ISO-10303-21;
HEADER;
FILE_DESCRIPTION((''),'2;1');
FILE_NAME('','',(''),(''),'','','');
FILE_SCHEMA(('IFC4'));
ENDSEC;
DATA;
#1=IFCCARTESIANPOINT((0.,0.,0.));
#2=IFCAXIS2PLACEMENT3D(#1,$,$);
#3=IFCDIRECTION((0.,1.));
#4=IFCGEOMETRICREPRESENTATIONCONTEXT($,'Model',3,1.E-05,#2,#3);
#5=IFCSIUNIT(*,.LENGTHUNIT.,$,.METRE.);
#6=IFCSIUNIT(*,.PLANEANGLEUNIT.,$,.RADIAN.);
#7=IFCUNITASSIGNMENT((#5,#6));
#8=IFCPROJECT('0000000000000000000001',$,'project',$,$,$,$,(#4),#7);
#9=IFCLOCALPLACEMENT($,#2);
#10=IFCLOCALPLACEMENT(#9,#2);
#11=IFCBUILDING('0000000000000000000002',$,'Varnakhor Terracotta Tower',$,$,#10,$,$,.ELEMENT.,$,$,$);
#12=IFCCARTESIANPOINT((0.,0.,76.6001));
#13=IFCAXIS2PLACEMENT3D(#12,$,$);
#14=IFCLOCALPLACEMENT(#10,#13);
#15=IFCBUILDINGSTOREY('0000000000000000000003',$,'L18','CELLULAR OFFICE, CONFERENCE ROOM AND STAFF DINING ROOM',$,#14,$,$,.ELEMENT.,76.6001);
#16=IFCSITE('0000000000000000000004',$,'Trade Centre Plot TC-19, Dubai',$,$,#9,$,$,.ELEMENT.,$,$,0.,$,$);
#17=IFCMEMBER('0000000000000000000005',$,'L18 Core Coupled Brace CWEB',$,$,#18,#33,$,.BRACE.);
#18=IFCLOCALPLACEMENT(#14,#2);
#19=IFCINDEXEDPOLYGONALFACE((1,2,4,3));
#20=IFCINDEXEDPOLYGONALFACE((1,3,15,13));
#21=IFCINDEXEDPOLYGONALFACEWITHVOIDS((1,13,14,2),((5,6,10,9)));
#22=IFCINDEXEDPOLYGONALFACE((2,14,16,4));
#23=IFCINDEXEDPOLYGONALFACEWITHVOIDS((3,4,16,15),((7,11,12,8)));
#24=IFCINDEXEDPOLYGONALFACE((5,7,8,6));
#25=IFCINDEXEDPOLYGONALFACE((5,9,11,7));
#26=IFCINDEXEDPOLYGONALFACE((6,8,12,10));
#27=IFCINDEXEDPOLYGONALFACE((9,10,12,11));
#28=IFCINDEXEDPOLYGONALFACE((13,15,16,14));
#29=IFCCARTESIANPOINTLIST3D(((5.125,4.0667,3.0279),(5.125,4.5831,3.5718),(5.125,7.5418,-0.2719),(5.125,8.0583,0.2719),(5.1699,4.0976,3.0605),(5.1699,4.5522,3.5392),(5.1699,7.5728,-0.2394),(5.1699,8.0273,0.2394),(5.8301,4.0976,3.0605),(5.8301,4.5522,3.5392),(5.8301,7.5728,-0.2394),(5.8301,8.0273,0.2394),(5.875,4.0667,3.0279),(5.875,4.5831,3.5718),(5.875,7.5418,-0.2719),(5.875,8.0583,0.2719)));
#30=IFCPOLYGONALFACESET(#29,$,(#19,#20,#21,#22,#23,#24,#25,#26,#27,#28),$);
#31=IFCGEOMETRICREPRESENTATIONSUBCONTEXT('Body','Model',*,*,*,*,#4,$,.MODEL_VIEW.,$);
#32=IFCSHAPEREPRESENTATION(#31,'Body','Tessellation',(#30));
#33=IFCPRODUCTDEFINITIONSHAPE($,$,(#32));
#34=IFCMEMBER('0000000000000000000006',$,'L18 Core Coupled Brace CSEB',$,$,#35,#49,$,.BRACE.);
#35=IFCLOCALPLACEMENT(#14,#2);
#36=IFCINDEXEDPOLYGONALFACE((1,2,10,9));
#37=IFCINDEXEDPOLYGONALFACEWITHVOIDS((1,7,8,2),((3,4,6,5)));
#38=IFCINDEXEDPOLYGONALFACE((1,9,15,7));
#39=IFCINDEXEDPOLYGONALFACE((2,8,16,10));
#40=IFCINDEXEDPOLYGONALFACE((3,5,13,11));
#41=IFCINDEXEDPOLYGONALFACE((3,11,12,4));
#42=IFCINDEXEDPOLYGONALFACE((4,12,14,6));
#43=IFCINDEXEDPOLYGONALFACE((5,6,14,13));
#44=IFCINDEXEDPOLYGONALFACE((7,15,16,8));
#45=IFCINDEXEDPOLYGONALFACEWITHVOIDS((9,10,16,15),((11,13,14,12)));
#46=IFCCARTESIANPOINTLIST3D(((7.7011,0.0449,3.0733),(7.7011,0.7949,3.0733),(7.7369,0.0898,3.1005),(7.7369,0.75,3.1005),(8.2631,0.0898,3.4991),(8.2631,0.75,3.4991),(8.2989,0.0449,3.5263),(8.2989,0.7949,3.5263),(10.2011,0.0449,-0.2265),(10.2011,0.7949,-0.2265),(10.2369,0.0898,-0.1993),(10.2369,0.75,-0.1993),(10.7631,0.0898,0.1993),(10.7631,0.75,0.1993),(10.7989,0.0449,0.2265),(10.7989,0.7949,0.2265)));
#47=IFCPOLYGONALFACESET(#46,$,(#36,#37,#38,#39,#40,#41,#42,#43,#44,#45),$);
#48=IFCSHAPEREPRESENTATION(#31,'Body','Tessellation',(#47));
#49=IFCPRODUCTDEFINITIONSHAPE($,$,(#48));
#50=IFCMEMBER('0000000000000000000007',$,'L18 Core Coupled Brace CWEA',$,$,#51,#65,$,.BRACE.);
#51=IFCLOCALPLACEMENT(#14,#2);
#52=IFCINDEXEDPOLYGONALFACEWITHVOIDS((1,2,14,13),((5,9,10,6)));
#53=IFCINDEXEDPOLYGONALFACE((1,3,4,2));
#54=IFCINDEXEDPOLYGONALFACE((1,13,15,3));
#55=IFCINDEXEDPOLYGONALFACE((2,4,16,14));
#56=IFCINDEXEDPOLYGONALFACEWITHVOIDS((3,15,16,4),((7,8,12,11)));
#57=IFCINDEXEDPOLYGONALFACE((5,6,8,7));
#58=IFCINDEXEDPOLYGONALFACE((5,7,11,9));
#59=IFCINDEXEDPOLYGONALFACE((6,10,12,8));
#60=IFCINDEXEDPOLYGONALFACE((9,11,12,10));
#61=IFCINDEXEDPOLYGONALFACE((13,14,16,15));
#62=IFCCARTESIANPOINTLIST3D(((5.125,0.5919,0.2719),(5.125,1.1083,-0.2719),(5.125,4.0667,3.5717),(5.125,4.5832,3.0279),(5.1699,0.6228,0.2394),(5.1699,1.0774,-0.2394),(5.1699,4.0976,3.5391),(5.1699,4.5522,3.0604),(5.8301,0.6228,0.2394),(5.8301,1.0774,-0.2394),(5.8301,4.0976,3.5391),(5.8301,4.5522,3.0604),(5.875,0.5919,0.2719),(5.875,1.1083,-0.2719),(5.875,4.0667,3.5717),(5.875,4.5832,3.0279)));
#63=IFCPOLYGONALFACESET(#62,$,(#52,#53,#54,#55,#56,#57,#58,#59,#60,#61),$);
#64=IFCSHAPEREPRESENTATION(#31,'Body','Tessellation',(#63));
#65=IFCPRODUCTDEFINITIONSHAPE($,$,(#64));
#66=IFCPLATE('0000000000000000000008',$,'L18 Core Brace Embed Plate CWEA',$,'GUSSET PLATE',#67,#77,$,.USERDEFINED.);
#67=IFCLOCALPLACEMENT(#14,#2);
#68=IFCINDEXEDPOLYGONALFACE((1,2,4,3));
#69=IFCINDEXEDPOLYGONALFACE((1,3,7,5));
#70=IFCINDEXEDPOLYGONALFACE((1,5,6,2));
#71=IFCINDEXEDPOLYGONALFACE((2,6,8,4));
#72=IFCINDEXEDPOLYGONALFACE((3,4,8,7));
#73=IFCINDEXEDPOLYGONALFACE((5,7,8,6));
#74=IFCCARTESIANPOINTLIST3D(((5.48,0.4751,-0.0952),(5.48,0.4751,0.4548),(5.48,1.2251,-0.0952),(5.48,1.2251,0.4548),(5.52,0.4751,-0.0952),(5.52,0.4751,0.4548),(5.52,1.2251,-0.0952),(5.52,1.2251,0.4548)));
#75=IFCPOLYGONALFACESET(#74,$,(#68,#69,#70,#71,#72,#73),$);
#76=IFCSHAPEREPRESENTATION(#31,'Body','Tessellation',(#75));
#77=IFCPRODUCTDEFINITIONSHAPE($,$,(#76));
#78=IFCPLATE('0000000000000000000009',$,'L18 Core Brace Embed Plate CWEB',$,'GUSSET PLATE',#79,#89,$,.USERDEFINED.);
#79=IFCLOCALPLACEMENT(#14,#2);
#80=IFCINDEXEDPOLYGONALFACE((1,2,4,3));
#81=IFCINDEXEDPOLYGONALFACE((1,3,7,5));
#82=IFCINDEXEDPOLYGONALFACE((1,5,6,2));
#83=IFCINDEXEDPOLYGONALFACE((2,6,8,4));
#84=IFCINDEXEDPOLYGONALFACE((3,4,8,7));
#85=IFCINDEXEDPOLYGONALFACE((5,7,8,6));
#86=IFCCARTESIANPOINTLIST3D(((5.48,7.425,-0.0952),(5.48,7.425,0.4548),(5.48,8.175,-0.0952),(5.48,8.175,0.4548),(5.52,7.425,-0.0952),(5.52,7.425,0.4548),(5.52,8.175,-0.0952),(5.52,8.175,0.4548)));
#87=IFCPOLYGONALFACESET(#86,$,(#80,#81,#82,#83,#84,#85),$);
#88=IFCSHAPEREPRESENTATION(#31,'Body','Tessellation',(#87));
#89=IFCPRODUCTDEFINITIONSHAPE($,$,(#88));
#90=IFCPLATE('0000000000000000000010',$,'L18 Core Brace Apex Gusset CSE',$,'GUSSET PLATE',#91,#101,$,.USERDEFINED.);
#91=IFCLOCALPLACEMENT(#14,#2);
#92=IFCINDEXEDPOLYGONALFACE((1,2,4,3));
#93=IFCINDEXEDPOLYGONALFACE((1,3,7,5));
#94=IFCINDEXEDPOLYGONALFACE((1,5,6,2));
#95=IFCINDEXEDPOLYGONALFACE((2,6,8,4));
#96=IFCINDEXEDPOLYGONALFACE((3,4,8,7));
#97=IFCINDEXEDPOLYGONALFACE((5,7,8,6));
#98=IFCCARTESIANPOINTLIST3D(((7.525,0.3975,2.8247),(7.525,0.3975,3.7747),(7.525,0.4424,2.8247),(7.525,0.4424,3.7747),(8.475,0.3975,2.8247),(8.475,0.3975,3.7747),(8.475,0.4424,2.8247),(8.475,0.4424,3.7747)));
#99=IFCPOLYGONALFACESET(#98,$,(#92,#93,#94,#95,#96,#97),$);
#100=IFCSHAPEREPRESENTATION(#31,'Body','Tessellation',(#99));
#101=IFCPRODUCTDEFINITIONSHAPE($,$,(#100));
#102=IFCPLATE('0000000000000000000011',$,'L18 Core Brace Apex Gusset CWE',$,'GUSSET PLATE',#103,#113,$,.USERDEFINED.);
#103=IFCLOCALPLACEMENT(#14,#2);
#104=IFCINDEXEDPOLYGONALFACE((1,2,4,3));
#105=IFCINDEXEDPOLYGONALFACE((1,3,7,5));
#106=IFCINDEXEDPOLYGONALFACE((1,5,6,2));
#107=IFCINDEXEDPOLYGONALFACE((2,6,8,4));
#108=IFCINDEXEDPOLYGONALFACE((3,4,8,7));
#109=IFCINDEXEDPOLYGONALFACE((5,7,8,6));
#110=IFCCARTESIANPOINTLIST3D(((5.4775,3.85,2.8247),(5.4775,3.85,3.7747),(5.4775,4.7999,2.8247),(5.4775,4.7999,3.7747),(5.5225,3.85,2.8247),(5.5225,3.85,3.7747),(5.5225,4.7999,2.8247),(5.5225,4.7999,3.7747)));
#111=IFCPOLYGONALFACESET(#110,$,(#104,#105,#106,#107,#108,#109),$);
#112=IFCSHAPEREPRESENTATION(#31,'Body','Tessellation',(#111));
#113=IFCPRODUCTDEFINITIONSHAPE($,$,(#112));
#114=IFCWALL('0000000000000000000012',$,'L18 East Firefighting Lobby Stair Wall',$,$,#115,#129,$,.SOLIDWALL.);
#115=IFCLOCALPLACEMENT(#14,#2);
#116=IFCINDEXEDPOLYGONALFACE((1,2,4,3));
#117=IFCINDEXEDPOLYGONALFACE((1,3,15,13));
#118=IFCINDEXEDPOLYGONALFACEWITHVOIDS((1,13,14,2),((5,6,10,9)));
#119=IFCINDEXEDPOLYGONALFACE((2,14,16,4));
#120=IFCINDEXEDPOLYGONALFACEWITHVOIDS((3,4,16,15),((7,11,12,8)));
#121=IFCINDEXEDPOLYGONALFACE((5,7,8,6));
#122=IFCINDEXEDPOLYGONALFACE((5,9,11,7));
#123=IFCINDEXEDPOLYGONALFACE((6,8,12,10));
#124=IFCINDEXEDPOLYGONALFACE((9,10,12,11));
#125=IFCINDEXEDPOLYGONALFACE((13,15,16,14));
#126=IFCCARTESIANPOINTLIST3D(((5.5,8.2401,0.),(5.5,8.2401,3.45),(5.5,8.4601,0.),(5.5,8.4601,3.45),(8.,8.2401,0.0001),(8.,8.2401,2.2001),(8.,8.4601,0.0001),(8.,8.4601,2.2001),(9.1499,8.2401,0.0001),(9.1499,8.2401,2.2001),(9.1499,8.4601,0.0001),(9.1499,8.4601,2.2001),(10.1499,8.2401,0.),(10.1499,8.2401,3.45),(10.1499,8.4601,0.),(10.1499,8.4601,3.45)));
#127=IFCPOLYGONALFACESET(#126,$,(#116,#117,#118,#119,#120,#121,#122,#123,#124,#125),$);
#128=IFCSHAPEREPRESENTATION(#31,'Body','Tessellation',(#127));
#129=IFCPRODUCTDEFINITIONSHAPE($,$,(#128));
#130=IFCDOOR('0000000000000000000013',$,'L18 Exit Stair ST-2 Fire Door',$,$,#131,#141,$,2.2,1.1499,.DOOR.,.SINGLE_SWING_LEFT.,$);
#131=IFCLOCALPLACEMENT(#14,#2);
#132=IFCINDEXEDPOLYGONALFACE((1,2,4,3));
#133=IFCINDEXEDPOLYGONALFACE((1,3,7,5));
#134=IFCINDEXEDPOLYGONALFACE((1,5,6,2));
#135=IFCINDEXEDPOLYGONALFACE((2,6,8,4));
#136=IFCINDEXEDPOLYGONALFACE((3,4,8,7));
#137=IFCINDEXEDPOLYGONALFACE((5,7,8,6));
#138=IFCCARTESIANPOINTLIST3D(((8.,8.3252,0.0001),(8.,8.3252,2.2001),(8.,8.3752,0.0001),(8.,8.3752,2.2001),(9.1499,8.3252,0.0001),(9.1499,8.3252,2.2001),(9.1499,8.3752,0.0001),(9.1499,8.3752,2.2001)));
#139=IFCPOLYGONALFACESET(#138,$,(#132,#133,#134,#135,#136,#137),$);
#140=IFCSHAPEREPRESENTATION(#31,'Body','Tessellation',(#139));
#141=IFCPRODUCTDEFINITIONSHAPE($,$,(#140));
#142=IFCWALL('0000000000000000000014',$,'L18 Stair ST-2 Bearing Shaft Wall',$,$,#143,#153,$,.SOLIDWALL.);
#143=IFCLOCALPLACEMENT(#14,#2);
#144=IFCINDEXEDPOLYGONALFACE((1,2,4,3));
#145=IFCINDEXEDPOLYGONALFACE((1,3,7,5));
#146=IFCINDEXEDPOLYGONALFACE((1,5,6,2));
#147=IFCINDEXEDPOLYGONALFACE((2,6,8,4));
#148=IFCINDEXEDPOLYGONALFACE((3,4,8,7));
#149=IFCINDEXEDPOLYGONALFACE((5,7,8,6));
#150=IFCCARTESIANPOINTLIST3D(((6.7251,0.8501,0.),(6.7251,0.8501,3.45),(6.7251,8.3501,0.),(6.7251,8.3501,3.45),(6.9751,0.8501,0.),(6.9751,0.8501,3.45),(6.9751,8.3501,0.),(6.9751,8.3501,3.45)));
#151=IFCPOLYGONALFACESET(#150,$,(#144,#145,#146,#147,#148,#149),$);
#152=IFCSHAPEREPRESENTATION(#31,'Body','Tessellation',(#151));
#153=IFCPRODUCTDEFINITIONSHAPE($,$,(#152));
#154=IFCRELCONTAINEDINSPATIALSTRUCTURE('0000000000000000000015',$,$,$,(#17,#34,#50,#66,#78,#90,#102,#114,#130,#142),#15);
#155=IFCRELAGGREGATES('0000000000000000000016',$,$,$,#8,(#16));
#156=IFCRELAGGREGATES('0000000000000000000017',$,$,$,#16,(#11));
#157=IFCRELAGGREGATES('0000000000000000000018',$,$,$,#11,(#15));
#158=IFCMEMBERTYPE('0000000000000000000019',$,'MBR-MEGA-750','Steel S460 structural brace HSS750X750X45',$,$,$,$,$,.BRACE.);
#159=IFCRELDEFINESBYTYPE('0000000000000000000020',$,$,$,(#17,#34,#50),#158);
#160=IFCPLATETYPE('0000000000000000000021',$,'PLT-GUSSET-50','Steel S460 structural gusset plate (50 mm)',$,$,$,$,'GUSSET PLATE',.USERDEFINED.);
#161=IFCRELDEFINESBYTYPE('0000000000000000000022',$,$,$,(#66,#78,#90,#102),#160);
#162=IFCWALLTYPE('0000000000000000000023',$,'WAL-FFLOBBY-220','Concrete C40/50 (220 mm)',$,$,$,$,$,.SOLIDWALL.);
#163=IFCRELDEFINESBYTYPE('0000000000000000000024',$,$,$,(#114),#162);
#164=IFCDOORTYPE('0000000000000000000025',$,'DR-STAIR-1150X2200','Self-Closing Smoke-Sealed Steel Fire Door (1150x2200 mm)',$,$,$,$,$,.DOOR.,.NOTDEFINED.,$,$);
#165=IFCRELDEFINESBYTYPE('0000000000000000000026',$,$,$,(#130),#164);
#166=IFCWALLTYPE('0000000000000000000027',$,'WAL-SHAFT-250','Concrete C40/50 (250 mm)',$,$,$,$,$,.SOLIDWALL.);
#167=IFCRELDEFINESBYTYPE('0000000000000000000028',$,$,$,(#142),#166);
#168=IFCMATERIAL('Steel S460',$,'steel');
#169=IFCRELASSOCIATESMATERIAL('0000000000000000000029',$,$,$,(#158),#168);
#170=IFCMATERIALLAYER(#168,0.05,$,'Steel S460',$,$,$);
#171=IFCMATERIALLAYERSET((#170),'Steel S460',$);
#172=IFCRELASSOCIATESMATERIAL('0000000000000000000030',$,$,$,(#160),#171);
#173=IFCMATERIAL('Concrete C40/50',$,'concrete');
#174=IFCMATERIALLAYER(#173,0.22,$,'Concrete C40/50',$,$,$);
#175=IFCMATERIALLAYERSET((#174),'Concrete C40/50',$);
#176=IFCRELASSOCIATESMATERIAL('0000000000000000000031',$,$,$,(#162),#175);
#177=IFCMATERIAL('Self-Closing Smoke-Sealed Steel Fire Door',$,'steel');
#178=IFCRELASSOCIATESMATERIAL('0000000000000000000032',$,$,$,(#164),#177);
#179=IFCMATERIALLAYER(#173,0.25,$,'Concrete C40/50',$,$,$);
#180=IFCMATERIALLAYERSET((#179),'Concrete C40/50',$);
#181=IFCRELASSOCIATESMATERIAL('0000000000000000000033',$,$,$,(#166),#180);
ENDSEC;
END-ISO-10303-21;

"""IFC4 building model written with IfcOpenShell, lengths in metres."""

from ifc_helpers import new_model, si_unit, direction, frame, frame_2d, origin, origin_2d, place, context, subcontext, project, spatial, rectangle, hollow_rectangle, extrude, source, transform, mapped, material, layer, layer_set, material_profile, profile_set, type_object, type_shapes, element, fill, save


model = new_model("IFC4")

# Units and contexts
model_context = context("Model", 3, precision=1e-05, world=origin(), true_north=direction((0.0, 1.0)))
body_context = subcontext(model_context, "Body", "Model", "MODEL_VIEW")
ifc_project = project(units=[si_unit("LENGTHUNIT", "METRE"), si_unit("PLANEANGLEUNIT", "RADIAN")], contexts=[model_context])

# Site, building, storey
site_placement = place(None, origin())
site = spatial("IfcSite", under=ifc_project, at=site_placement, Name="Trade Centre Plot TC-19, Dubai", CompositionType="ELEMENT", RefElevation=0.0)
building_placement = place(site_placement, origin())
building = spatial("IfcBuilding", under=site, at=building_placement, Name="Varnakhor Terracotta Tower", CompositionType="ELEMENT")
storey_placement = place(building_placement, frame((0.0, 0.0, 76.6001)))
storey = spatial("IfcBuildingStorey", under=building, at=storey_placement, Name="L18", Description="CELLULAR OFFICE, CONFERENCE ROOM AND STAFF DINING ROOM", CompositionType="ELEMENT", Elevation=76.6001)

# Members
ifc_material_1 = material(Name="Steel S460", Category="steel")
ifc_material_profile = material_profile(ifc_material_1, hollow_rectangle(XDim=0.75, YDim=0.75, WallThickness=0.0449, at=origin_2d()), Name="HSS750X750X45")
ifc_profile_set = profile_set([ifc_material_profile], Name="Steel S460")
member_type = type_object("IfcMemberType", Name="MBR-MEGA-750", Description="Steel S460 structural brace HSS750X750X45", PredefinedType="BRACE", material=ifc_profile_set)
shared_shape_1 = source(origin(), body_context, "Body", "SweptSolid", [
    extrude(hollow_rectangle(XDim=0.75, YDim=0.75, WallThickness=0.0449, at=origin_2d()), origin(), (0.0, 0.0, 1.0), 4.7922),
])
member_1_placement = place(storey_placement, frame((5.5, 7.8, 0.0), z_axis=(0.0, -0.72516, 0.688581), x_axis=(1.0, 0.0, 0.0)))
element("IfcMember", 1, at=member_1_placement, inside=storey, type_object=member_type, Name="L18 Core Coupled Brace CWEB", PredefinedType="BRACE", context=body_context, shape_type="MappedRepresentation", body=[
    mapped(shared_shape_1, transform((0.0, 0.0, 0.0), scale=1.0)),
])
shared_shape_2 = source(origin(), body_context, "Body", "SweptSolid", [
    extrude(hollow_rectangle(XDim=0.75, YDim=0.75, WallThickness=0.0449, at=origin_2d()), origin(), (0.0, 0.0, 1.0), 4.1399),
])
member_2_placement = place(storey_placement, frame((10.5, 0.4199, 0.0), z_axis=(-0.60388, 0.0, 0.797075), x_axis=(0.0, -1.0, 0.0)))
element("IfcMember", 2, at=member_2_placement, inside=storey, type_object=member_type, Name="L18 Core Coupled Brace CSEB", PredefinedType="BRACE", context=body_context, shape_type="MappedRepresentation", body=[
    mapped(shared_shape_2, transform((0.0, 0.0, 0.0), scale=1.0)),
])
shared_shape_3 = source(origin(), body_context, "Body", "SweptSolid", [
    extrude(hollow_rectangle(XDim=0.75, YDim=0.75, WallThickness=0.0449, at=origin_2d()), origin(), (0.0, 0.0, 1.0), 4.792),
])
member_3_placement = place(storey_placement, frame((5.5, 0.8501, 0.0), z_axis=(0.0, 0.725136, 0.688606), x_axis=(-1.0, 0.0, 0.0)))
element("IfcMember", 3, at=member_3_placement, inside=storey, type_object=member_type, Name="L18 Core Coupled Brace CWEA", PredefinedType="BRACE", context=body_context, shape_type="MappedRepresentation", body=[
    mapped(shared_shape_3, transform((0.0, 0.0, 0.0), scale=1.0)),
])

# Plates
ifc_layer_1 = layer(ifc_material_1, 0.05, Name="Steel S460")
ifc_layer_set_1 = layer_set([ifc_layer_1], Name="Steel S460")
plate_type = type_object("IfcPlateType", Name="PLT-GUSSET-50", Description="Steel S460 structural gusset plate (50 mm)", ElementType="GUSSET PLATE", PredefinedType="USERDEFINED", material=ifc_layer_set_1)
shared_shape_4 = source(origin(), body_context, "Body", "SweptSolid", [
    extrude(rectangle(XDim=0.75, YDim=0.04, at=origin_2d()), origin(), (0.0, 0.0, 1.0), 0.55),
])
type_shapes(plate_type, [shared_shape_4])
for number, where, z_axis, x_axis, name in (
    (4, (5.5, 0.8501, -0.0952), (0.0, 0.0, 1.0), (0.0, 1.0, 0.0), "L18 Core Brace Embed Plate CWEA"),
    (5, (5.5, 7.8, -0.0952), (0.0, 0.0, 1.0), (0.0, 1.0, 0.0), "L18 Core Brace Embed Plate CWEB"),
):
    element("IfcPlate", number, at=place(storey_placement, frame(where, z_axis=z_axis, x_axis=x_axis)), inside=storey, type_object=plate_type, Name=name, ObjectType="GUSSET PLATE", PredefinedType="USERDEFINED", context=body_context, shape_type="MappedRepresentation", body=[
        mapped(shared_shape_4, transform((0.0, 0.0, 0.0), scale=1.0)),
    ])
shared_shape_5 = source(origin(), body_context, "Body", "SweptSolid", [
    extrude(rectangle(XDim=0.95, YDim=0.0449, at=origin_2d()), origin(), (0.0, 0.0, 1.0), 0.95),
])
for number, where, z_axis, x_axis, name in (
    (6, (8.0, 0.4199, 2.8247), (0.0, 0.0, 1.0), (1.0, 0.0, 0.0), "L18 Core Brace Apex Gusset CSE"),
    (7, (5.5, 4.325, 2.8247), (0.0, 0.0, 1.0), (0.0, 1.0, 0.0), "L18 Core Brace Apex Gusset CWE"),
):
    element("IfcPlate", number, at=place(storey_placement, frame(where, z_axis=z_axis, x_axis=x_axis)), inside=storey, type_object=plate_type, Name=name, ObjectType="GUSSET PLATE", PredefinedType="USERDEFINED", context=body_context, shape_type="MappedRepresentation", body=[
        mapped(shared_shape_5, transform((0.0, 0.0, 0.0), scale=1.0)),
    ])

# Wall, opening, door
ifc_material_2 = material(Name="Concrete C40/50", Category="concrete")
ifc_layer_2 = layer(ifc_material_2, 0.22, Name="Concrete C40/50")
ifc_layer_set_2 = layer_set([ifc_layer_2], Name="Concrete C40/50")
wall_type_1 = type_object("IfcWallType", Name="WAL-FFLOBBY-220", Description="Concrete C40/50 (220 mm)", PredefinedType="SOLIDWALL", material=ifc_layer_set_2)
wall_1_placement = place(storey_placement, frame((10.1499, 8.3501, 0.0), z_axis=(0.0, 0.0, 1.0), x_axis=(-1.0, 0.0, 0.0)))
wall_1 = element("IfcWall", 8, at=wall_1_placement, inside=storey, type_object=wall_type_1, Name="L18 East Firefighting Lobby Stair Wall", PredefinedType="SOLIDWALL", context=body_context, shape_type="SweptSolid", body=[
    extrude(rectangle(XDim=4.6499, YDim=0.22, at=frame_2d((2.325, 0.0))), origin(), (0.0, 0.0, 1.0), 3.45),
])
opening_placement = place(wall_1_placement, frame((1.0, 0.0, 0.0)))
opening = element("IfcOpeningElement", 9, at=opening_placement, cuts=wall_1, PredefinedType="OPENING", context=body_context, shape_type="SweptSolid", body=[
    extrude(rectangle(XDim=1.1499, YDim=2.2, at=frame_2d((0.575, 1.1001))), frame((0.0, 0.1201, 0.0), z_axis=(0.0, -1.0, 0.0), x_axis=(1.0, 0.0, 0.0)), (0.0, 0.0, 1.0), 0.24),
])
ifc_material_3 = material(Name="Self-Closing Smoke-Sealed Steel Fire Door", Category="steel")
door_type = type_object("IfcDoorType", Name="DR-STAIR-1150X2200", Description="Self-Closing Smoke-Sealed Steel Fire Door (1150x2200 mm)", OperationType="NOTDEFINED", PredefinedType="DOOR", material=ifc_material_3)
shared_shape_6 = source(origin(), body_context, "Body", "SweptSolid", [
    extrude(rectangle(XDim=1.1499, YDim=2.2, at=frame_2d((0.575, 1.1001))), frame((0.0, 0.0249, 0.0), z_axis=(0.0, -1.0, 0.0), x_axis=(1.0, 0.0, 0.0)), (0.0, 0.0, 1.0), 0.05),
])
type_shapes(door_type, [shared_shape_6])
door_placement = place(opening_placement, origin())
door = element("IfcDoor", 10, at=door_placement, inside=storey, type_object=door_type, Name="L18 Exit Stair ST-2 Fire Door", OperationType="SINGLE_SWING_LEFT", OverallHeight=2.2, OverallWidth=1.1499, PredefinedType="DOOR", context=body_context, shape_type="MappedRepresentation", body=[
    mapped(shared_shape_6, transform((0.0, 0.0, 0.0), scale=1.0)),
])
fill(opening, door)

# Wall
ifc_layer_3 = layer(ifc_material_2, 0.25, Name="Concrete C40/50")
ifc_layer_set_3 = layer_set([ifc_layer_3], Name="Concrete C40/50")
wall_type_2 = type_object("IfcWallType", Name="WAL-SHAFT-250", Description="Concrete C40/50 (250 mm)", PredefinedType="SOLIDWALL", material=ifc_layer_set_3)
wall_2_placement = place(storey_placement, frame((6.8501, 0.8501, 0.0), z_axis=(0.0, 0.0, 1.0), x_axis=(0.0, 1.0, 0.0)))
element("IfcWall", 11, at=wall_2_placement, inside=storey, type_object=wall_type_2, Name="L18 Stair ST-2 Bearing Shaft Wall", PredefinedType="SOLIDWALL", context=body_context, shape_type="SweptSolid", body=[
    extrude(rectangle(XDim=7.5, YDim=0.25, at=frame_2d((3.75, 0.0))), origin(), (0.0, 0.0, 1.0), 3.45),
])

save(model, "model.ifc")
